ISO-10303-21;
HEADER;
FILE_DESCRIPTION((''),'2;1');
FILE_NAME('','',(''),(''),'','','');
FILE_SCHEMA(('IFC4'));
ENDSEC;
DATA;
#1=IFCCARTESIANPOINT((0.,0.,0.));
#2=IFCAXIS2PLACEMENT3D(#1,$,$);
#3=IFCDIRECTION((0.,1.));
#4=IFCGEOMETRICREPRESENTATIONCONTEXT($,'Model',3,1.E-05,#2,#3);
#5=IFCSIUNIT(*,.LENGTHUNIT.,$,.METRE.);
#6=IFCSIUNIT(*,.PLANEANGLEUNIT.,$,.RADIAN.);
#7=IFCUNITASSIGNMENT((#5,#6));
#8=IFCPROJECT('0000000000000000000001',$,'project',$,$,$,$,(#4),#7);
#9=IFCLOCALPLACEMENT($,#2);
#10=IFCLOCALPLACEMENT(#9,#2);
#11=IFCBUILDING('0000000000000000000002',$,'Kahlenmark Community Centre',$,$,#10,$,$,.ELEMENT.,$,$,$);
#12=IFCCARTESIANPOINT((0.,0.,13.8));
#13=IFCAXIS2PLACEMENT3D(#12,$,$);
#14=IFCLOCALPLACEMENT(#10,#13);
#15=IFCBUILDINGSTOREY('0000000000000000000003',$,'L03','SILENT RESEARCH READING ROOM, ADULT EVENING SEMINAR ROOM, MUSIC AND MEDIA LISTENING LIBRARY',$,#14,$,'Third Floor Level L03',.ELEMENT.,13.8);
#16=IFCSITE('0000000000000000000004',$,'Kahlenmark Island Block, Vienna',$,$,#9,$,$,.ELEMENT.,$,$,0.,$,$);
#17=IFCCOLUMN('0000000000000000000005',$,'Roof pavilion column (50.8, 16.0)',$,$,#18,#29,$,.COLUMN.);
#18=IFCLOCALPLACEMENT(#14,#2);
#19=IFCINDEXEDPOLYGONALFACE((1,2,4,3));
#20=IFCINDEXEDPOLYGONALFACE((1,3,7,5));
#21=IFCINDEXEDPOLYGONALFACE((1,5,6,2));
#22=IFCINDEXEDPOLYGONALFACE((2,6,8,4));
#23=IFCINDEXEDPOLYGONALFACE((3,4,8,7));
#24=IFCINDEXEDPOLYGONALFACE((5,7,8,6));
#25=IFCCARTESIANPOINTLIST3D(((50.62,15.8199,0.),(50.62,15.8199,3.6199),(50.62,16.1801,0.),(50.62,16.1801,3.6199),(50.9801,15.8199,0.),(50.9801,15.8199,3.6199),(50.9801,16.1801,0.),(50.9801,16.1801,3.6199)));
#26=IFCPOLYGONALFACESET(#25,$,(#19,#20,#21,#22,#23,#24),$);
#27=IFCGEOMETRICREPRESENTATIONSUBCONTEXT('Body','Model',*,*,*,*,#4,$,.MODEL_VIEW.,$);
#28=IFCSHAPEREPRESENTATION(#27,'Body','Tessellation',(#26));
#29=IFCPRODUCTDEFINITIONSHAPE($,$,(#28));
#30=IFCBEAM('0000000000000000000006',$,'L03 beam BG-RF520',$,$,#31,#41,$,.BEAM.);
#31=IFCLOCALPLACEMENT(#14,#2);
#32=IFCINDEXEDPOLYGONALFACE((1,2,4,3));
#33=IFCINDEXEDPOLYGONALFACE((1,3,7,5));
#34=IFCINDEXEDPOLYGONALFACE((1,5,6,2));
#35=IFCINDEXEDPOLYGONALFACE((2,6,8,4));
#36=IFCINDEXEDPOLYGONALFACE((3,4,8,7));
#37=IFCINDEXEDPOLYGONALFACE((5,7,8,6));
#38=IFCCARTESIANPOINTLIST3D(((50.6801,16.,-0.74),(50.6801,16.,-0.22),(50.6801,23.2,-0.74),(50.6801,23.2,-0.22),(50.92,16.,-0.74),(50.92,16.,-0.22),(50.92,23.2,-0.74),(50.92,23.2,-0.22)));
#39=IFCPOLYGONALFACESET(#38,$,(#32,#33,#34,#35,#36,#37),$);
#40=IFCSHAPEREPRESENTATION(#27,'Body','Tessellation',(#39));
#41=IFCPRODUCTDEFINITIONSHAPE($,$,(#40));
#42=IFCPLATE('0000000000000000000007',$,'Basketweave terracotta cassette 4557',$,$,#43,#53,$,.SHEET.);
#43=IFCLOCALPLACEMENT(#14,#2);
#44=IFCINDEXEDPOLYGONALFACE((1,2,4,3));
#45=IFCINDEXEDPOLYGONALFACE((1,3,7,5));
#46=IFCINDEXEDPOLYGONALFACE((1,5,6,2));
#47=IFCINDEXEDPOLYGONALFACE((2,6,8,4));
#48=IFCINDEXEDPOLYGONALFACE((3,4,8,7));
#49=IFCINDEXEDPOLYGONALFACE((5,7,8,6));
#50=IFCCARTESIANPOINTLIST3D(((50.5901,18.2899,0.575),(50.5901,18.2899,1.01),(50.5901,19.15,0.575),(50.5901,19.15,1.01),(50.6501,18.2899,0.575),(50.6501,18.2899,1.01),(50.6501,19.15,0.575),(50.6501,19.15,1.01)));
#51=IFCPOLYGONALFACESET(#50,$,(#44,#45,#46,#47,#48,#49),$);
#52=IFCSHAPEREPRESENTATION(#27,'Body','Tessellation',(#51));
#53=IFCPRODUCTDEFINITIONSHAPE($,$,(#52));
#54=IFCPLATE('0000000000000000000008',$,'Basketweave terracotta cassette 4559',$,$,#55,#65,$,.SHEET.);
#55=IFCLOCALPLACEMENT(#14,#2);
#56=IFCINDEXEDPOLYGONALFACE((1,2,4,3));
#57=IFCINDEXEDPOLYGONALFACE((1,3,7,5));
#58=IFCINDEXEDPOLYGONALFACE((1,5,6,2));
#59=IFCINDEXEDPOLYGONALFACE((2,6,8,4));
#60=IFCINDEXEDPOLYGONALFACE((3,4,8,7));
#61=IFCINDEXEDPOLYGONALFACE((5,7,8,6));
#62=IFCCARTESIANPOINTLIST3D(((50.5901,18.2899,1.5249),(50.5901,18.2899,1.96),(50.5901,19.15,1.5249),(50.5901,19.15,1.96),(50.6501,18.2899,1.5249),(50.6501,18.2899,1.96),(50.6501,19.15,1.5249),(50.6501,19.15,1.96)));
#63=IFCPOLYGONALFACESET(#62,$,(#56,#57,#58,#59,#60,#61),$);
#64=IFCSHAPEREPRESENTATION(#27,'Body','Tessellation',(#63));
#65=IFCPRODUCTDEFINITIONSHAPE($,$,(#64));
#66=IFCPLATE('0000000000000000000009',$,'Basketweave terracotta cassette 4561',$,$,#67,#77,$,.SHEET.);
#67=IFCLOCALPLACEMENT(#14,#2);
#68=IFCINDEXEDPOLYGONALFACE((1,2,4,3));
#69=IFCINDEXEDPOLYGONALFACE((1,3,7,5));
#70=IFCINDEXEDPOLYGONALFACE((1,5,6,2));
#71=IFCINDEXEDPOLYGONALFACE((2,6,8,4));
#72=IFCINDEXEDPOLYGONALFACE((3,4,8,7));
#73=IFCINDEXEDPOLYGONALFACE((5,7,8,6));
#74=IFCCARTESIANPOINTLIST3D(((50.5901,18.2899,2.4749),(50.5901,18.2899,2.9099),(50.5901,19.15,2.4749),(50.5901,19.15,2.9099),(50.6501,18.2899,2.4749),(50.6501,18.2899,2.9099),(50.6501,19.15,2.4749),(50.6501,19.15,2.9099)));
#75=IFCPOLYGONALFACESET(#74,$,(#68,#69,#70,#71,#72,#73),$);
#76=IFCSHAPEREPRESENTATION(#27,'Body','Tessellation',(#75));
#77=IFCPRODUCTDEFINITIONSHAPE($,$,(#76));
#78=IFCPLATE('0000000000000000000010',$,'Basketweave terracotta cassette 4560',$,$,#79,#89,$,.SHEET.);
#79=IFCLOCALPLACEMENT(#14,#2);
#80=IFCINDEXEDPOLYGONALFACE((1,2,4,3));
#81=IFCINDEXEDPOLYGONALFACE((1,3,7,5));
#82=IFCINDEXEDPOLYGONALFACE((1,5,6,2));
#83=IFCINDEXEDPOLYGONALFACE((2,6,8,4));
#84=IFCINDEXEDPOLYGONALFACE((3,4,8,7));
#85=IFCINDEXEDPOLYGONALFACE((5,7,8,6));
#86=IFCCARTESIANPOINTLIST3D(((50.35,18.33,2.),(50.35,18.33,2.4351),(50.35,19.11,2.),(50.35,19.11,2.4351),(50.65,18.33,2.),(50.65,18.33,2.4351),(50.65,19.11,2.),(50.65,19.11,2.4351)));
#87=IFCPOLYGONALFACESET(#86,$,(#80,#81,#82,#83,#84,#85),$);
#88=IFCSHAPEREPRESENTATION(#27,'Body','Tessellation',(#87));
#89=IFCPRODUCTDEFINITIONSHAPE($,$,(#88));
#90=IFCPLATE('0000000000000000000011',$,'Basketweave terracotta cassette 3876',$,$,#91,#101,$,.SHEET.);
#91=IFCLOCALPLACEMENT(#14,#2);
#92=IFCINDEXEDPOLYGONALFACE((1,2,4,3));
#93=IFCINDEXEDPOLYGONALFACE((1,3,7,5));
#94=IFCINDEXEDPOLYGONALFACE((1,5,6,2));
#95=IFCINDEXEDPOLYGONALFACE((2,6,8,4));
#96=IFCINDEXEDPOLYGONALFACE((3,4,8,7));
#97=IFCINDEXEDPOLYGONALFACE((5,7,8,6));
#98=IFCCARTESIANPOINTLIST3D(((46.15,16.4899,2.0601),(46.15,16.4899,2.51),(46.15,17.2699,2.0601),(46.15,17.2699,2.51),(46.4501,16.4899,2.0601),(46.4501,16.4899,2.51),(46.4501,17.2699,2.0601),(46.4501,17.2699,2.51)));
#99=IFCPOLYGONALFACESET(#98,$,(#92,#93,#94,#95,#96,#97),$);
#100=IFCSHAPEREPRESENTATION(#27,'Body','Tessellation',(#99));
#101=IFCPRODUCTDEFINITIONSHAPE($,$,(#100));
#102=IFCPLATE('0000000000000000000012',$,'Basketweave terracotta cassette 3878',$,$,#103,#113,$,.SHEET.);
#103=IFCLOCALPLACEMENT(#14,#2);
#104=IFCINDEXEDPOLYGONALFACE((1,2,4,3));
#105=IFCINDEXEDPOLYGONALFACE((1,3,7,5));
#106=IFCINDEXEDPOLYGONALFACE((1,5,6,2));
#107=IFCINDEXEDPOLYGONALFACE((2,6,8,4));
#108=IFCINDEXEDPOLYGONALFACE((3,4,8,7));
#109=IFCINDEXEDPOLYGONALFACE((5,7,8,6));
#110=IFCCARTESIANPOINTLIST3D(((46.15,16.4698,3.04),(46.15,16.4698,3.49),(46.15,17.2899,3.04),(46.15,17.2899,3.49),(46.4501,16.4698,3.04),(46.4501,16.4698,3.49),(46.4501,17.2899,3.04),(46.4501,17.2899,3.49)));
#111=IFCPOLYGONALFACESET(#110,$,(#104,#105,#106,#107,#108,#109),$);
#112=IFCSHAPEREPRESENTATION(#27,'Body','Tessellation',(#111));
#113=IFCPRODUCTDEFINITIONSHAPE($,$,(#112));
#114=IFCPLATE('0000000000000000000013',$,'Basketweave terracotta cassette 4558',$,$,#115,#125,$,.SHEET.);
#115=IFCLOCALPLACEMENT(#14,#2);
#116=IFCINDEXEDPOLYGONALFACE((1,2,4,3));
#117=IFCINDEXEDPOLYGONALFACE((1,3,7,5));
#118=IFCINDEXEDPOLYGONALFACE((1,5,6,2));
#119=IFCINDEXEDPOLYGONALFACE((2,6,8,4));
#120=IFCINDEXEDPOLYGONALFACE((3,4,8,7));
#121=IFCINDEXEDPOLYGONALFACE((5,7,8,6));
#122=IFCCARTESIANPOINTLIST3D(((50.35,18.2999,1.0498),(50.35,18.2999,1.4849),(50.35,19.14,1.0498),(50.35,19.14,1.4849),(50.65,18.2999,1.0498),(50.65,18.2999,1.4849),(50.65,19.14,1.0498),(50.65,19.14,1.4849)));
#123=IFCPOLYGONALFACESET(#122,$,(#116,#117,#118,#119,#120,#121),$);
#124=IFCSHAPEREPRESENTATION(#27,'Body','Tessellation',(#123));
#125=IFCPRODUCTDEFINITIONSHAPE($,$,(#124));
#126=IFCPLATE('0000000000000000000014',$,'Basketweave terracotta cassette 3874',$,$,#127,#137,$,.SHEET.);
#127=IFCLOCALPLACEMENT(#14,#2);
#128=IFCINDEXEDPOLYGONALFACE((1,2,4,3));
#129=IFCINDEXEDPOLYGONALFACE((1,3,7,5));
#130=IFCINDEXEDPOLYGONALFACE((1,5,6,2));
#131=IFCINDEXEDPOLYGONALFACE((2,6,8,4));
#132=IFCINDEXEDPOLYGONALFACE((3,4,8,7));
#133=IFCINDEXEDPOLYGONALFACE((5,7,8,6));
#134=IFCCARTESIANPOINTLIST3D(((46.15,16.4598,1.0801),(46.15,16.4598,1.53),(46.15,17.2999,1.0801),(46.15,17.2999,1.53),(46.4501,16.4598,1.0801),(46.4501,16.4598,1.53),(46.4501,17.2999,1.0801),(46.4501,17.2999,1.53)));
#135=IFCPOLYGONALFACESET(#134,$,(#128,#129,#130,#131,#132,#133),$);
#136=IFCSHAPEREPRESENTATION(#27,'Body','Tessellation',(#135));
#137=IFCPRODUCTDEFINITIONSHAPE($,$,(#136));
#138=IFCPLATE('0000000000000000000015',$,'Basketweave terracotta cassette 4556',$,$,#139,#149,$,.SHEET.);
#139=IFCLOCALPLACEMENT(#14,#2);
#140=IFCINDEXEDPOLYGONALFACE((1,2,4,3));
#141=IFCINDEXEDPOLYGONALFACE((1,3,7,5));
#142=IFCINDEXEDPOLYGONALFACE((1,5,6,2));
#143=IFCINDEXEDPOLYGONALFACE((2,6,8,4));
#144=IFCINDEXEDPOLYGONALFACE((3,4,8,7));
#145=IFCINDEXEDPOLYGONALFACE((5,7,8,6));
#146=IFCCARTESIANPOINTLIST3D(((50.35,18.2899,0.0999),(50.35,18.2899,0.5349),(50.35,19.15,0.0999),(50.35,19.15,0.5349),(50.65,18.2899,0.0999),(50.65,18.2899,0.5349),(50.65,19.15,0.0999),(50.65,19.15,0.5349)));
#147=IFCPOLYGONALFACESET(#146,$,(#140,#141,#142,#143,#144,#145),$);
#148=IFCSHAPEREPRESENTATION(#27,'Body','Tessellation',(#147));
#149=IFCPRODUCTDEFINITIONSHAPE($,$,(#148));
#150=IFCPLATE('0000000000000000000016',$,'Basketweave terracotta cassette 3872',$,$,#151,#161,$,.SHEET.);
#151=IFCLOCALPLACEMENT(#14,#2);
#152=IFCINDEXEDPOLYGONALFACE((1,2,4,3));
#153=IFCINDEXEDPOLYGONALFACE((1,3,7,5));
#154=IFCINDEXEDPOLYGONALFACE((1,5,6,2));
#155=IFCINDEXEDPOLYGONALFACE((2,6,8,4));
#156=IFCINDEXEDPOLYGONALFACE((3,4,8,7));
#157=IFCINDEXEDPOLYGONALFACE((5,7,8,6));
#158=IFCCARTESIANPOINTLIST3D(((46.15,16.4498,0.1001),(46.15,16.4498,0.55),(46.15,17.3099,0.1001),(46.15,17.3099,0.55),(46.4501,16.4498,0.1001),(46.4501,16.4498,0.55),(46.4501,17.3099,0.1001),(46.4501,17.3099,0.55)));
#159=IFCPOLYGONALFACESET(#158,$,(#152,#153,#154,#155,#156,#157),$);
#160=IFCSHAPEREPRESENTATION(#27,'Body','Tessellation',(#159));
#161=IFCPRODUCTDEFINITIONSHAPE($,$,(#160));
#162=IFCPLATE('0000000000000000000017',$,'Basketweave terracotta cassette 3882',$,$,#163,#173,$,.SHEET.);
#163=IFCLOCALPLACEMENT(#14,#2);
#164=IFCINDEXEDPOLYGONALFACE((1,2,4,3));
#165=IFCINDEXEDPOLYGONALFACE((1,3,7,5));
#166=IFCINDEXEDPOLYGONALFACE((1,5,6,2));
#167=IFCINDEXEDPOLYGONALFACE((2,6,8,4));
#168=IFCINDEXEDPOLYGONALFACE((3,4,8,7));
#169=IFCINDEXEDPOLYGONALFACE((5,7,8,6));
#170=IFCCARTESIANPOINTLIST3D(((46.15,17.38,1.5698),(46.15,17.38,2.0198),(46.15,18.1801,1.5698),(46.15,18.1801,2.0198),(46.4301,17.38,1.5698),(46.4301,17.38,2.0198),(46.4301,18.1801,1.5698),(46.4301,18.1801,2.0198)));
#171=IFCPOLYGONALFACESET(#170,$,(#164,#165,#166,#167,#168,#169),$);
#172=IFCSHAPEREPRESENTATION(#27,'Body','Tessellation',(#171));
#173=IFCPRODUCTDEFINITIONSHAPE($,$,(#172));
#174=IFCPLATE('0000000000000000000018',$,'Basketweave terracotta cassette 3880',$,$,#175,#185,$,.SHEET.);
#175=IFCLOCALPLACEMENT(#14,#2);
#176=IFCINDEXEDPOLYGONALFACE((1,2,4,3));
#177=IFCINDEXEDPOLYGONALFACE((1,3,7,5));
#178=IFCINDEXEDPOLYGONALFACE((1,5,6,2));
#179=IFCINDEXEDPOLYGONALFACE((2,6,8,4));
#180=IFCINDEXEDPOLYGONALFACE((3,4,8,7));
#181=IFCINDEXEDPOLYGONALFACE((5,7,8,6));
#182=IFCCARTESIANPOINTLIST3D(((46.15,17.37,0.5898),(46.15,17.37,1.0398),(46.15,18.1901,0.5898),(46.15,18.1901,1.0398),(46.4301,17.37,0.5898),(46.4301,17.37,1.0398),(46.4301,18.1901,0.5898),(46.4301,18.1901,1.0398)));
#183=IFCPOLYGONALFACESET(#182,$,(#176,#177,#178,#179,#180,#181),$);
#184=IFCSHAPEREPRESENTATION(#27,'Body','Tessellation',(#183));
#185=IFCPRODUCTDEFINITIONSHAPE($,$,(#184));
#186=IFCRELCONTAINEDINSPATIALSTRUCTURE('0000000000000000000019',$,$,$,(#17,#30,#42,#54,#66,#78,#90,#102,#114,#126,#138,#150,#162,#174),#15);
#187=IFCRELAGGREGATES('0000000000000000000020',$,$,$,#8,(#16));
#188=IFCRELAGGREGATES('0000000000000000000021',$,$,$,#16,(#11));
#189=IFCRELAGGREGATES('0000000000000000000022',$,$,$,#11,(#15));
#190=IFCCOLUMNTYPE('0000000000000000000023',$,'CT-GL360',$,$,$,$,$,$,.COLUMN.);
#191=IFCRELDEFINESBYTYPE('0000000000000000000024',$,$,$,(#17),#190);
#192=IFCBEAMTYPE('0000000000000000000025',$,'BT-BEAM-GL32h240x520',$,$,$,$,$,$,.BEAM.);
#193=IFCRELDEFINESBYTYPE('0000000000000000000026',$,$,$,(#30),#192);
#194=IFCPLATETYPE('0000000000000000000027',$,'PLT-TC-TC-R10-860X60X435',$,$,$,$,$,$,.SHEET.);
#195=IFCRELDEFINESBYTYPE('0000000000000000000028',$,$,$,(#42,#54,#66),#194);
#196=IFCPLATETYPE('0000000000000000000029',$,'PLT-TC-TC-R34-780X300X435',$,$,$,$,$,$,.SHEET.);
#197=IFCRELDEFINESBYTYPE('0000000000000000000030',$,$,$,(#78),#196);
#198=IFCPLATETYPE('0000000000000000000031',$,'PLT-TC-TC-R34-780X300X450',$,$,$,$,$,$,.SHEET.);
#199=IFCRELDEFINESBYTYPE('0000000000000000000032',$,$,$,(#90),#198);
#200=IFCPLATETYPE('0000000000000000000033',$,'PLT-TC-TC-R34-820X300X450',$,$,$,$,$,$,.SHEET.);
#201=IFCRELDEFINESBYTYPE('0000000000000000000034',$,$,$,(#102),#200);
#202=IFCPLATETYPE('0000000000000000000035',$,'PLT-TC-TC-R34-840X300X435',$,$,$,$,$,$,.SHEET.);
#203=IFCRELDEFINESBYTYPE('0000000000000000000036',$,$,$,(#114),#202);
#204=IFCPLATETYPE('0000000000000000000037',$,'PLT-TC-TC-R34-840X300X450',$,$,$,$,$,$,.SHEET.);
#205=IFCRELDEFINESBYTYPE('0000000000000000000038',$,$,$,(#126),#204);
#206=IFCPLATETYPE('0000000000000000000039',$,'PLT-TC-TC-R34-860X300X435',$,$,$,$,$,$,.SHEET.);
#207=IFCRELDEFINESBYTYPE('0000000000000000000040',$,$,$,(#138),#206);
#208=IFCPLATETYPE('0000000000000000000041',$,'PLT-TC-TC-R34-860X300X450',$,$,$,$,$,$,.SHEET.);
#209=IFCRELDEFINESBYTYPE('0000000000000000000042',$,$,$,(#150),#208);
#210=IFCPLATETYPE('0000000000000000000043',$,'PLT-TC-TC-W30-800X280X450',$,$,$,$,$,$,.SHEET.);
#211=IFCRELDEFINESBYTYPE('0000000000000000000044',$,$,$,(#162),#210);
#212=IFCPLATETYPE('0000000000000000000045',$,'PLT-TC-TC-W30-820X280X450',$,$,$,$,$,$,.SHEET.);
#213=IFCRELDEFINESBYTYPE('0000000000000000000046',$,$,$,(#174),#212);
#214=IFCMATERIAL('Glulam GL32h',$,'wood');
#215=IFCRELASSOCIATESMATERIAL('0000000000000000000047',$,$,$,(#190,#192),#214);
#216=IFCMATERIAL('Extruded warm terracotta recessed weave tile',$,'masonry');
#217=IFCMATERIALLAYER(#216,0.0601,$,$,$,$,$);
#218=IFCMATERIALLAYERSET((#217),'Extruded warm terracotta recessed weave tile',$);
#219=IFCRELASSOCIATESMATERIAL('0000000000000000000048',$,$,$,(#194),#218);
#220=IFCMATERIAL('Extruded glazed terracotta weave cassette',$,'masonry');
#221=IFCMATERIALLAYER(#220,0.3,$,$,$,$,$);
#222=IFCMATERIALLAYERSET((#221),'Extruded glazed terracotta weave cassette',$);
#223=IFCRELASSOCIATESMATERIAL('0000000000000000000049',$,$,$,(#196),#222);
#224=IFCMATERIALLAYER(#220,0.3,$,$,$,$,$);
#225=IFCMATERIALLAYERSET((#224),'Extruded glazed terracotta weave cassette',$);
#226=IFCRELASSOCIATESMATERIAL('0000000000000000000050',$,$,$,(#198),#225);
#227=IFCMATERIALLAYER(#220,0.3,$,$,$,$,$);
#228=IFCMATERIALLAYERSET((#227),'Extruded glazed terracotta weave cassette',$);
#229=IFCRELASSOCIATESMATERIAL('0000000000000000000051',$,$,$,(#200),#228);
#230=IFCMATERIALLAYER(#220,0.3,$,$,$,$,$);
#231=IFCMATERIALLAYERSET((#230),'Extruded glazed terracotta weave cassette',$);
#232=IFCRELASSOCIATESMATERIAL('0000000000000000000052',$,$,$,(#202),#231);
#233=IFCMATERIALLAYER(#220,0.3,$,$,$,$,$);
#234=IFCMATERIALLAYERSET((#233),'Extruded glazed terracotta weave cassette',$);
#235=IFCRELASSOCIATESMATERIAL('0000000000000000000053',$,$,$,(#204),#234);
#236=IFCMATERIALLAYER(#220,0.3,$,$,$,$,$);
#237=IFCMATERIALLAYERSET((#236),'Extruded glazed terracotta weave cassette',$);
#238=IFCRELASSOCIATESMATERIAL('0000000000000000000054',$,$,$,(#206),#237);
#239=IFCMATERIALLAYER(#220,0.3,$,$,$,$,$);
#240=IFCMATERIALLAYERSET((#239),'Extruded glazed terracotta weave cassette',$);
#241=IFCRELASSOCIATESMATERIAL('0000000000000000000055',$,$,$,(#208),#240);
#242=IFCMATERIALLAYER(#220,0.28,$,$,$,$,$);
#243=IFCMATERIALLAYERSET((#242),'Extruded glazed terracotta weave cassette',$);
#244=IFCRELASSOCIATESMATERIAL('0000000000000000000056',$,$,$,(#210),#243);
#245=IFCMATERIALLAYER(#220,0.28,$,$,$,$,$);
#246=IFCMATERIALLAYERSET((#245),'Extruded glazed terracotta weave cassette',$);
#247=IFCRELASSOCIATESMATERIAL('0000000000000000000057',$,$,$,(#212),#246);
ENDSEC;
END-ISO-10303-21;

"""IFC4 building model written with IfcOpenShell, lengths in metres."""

from ifc_helpers import new_model, si_unit, direction, frame, origin, origin_2d, place, context, subcontext, project, spatial, rectangle, extrude, material, layer, layer_set, material_profile, profile_set, type_object, element, save


model = new_model("IFC4")

# Units and contexts
model_context = context("Model", 3, precision=1e-05, world=origin(), true_north=direction((0.0, 1.0)))
body_context = subcontext(model_context, "Body", "Model", "MODEL_VIEW")
ifc_project = project(units=[si_unit("LENGTHUNIT", "METRE"), si_unit("PLANEANGLEUNIT", "RADIAN")], contexts=[model_context])

# Site, building, storey
site_placement = place(None, origin())
site = spatial("IfcSite", under=ifc_project, at=site_placement, Name="Kahlenmark Island Block, Vienna", CompositionType="ELEMENT", RefElevation=0.0)
building_placement = place(site_placement, origin())
building = spatial("IfcBuilding", under=site, at=building_placement, Name="Kahlenmark Community Centre", CompositionType="ELEMENT")
storey_placement = place(building_placement, frame((0.0, 0.0, 13.8)))
storey = spatial("IfcBuildingStorey", under=building, at=storey_placement, Name="L03", Description="SILENT RESEARCH READING ROOM, ADULT EVENING SEMINAR ROOM, MUSIC AND MEDIA LISTENING LIBRARY", LongName="Third Floor Level L03", CompositionType="ELEMENT", Elevation=13.8)

# Column
ifc_material_1 = material(Name="Glulam GL32h", Category="wood")
ifc_material_profile_1 = material_profile(ifc_material_1, rectangle(XDim=0.3601, YDim=0.3601, at=origin_2d()), Name="GL32h 360x360")
ifc_profile_set_1 = profile_set([ifc_material_profile_1], Name="Glulam GL32h")
column_type = type_object("IfcColumnType", Name="CT-GL360", PredefinedType="COLUMN", material=ifc_profile_set_1)
column_placement = place(storey_placement, frame((50.8, 16.0, 0.0), z_axis=(0.0, 0.0, 1.0), x_axis=(1.0, 0.0, 0.0)))
element("IfcColumn", 1, at=column_placement, inside=storey, type_object=column_type, Name="Roof pavilion column (50.8, 16.0)", PredefinedType="COLUMN", context=body_context, shape_type="SweptSolid", body=[
    extrude(rectangle(XDim=0.3601, YDim=0.3601, at=origin_2d()), origin(), (0.0, 0.0, 1.0), 3.6199),
])

# Beam
ifc_material_profile_2 = material_profile(ifc_material_1, rectangle(XDim=0.24, YDim=0.52, at=origin_2d()), Name="GL32h 240x520")
ifc_profile_set_2 = profile_set([ifc_material_profile_2], Name="Glulam GL32h")
beam_type = type_object("IfcBeamType", Name="BT-BEAM-GL32h240x520", PredefinedType="BEAM", material=ifc_profile_set_2)
beam_placement = place(storey_placement, frame((50.8, 16.0, -0.48), z_axis=(0.0, 1.0, 0.0), x_axis=(-1.0, 0.0, 0.0)))
element("IfcBeam", 2, at=beam_placement, inside=storey, type_object=beam_type, Name="L03 beam BG-RF520", PredefinedType="BEAM", context=body_context, shape_type="SweptSolid", body=[
    extrude(rectangle(XDim=0.24, YDim=0.52, at=origin_2d()), origin(), (0.0, 0.0, 1.0), 7.2),
])

# Plates
ifc_material_2 = material(Name="Extruded warm terracotta recessed weave tile", Category="masonry")
ifc_layer_1 = layer(ifc_material_2, 0.0601)
ifc_layer_set_1 = layer_set([ifc_layer_1], Name="Extruded warm terracotta recessed weave tile")
plate_type_1 = type_object("IfcPlateType", Name="PLT-TC-TC-R10-860X60X435", PredefinedType="SHEET", material=ifc_layer_set_1)
for number, where, z_axis, x_axis, name in (
    (3, (50.6201, 18.72, 0.575), (0.0, 0.0, 1.0), (0.0, -1.0, 0.0), "Basketweave terracotta cassette 4557"),
    (4, (50.6201, 18.72, 1.5249), (0.0, 0.0, 1.0), (0.0, -1.0, 0.0), "Basketweave terracotta cassette 4559"),
    (5, (50.6201, 18.72, 2.4749), (0.0, 0.0, 1.0), (0.0, -1.0, 0.0), "Basketweave terracotta cassette 4561"),
):
    element("IfcPlate", number, at=place(storey_placement, frame(where, z_axis=z_axis, x_axis=x_axis)), inside=storey, type_object=plate_type_1, Name=name, PredefinedType="SHEET", context=body_context, shape_type="SweptSolid", body=[
        extrude(rectangle(XDim=0.8601, YDim=0.0601, at=origin_2d()), origin(), (0.0, 0.0, 1.0), 0.4351),
    ])
ifc_material_3 = material(Name="Extruded glazed terracotta weave cassette", Category="masonry")
ifc_layer_2 = layer(ifc_material_3, 0.3)
ifc_layer_set_2 = layer_set([ifc_layer_2], Name="Extruded glazed terracotta weave cassette")
plate_type_2 = type_object("IfcPlateType", Name="PLT-TC-TC-R34-780X300X435", PredefinedType="SHEET", material=ifc_layer_set_2)
plate_1_placement = place(storey_placement, frame((50.5, 18.72, 2.0), z_axis=(0.0, 0.0, 1.0), x_axis=(0.0, -1.0, 0.0)))
element("IfcPlate", 6, at=plate_1_placement, inside=storey, type_object=plate_type_2, Name="Basketweave terracotta cassette 4560", PredefinedType="SHEET", context=body_context, shape_type="SweptSolid", body=[
    extrude(rectangle(XDim=0.78, YDim=0.3, at=origin_2d()), origin(), (0.0, 0.0, 1.0), 0.4351),
])
ifc_layer_3 = layer(ifc_material_3, 0.3)
ifc_layer_set_3 = layer_set([ifc_layer_3], Name="Extruded glazed terracotta weave cassette")
plate_type_3 = type_object("IfcPlateType", Name="PLT-TC-TC-R34-780X300X450", PredefinedType="SHEET", material=ifc_layer_set_3)
plate_2_placement = place(storey_placement, frame((46.3, 16.8799, 2.0601), z_axis=(0.0, 0.0, 1.0), x_axis=(0.0, 1.0, 0.0)))
element("IfcPlate", 7, at=plate_2_placement, inside=storey, type_object=plate_type_3, Name="Basketweave terracotta cassette 3876", PredefinedType="SHEET", context=body_context, shape_type="SweptSolid", body=[
    extrude(rectangle(XDim=0.78, YDim=0.3, at=origin_2d()), origin(), (0.0, 0.0, 1.0), 0.45),
])
ifc_layer_4 = layer(ifc_material_3, 0.3)
ifc_layer_set_4 = layer_set([ifc_layer_4], Name="Extruded glazed terracotta weave cassette")
plate_type_4 = type_object("IfcPlateType", Name="PLT-TC-TC-R34-820X300X450", PredefinedType="SHEET", material=ifc_layer_set_4)
plate_3_placement = place(storey_placement, frame((46.3, 16.8799, 3.04), z_axis=(0.0, 0.0, 1.0), x_axis=(0.0, 1.0, 0.0)))
element("IfcPlate", 8, at=plate_3_placement, inside=storey, type_object=plate_type_4, Name="Basketweave terracotta cassette 3878", PredefinedType="SHEET", context=body_context, shape_type="SweptSolid", body=[
    extrude(rectangle(XDim=0.8201, YDim=0.3, at=origin_2d()), origin(), (0.0, 0.0, 1.0), 0.45),
])
ifc_layer_5 = layer(ifc_material_3, 0.3)
ifc_layer_set_5 = layer_set([ifc_layer_5], Name="Extruded glazed terracotta weave cassette")
plate_type_5 = type_object("IfcPlateType", Name="PLT-TC-TC-R34-840X300X435", PredefinedType="SHEET", material=ifc_layer_set_5)
plate_4_placement = place(storey_placement, frame((50.5, 18.72, 1.0498), z_axis=(0.0, 0.0, 1.0), x_axis=(0.0, -1.0, 0.0)))
element("IfcPlate", 9, at=plate_4_placement, inside=storey, type_object=plate_type_5, Name="Basketweave terracotta cassette 4558", PredefinedType="SHEET", context=body_context, shape_type="SweptSolid", body=[
    extrude(rectangle(XDim=0.8401, YDim=0.3, at=origin_2d()), origin(), (0.0, 0.0, 1.0), 0.4351),
])
ifc_layer_6 = layer(ifc_material_3, 0.3)
ifc_layer_set_6 = layer_set([ifc_layer_6], Name="Extruded glazed terracotta weave cassette")
plate_type_6 = type_object("IfcPlateType", Name="PLT-TC-TC-R34-840X300X450", PredefinedType="SHEET", material=ifc_layer_set_6)
plate_5_placement = place(storey_placement, frame((46.3, 16.8799, 1.0801), z_axis=(0.0, 0.0, 1.0), x_axis=(0.0, 1.0, 0.0)))
element("IfcPlate", 10, at=plate_5_placement, inside=storey, type_object=plate_type_6, Name="Basketweave terracotta cassette 3874", PredefinedType="SHEET", context=body_context, shape_type="SweptSolid", body=[
    extrude(rectangle(XDim=0.8401, YDim=0.3, at=origin_2d()), origin(), (0.0, 0.0, 1.0), 0.45),
])
ifc_layer_7 = layer(ifc_material_3, 0.3)
ifc_layer_set_7 = layer_set([ifc_layer_7], Name="Extruded glazed terracotta weave cassette")
plate_type_7 = type_object("IfcPlateType", Name="PLT-TC-TC-R34-860X300X435", PredefinedType="SHEET", material=ifc_layer_set_7)
plate_6_placement = place(storey_placement, frame((50.5, 18.72, 0.0999), z_axis=(0.0, 0.0, 1.0), x_axis=(0.0, -1.0, 0.0)))
element("IfcPlate", 11, at=plate_6_placement, inside=storey, type_object=plate_type_7, Name="Basketweave terracotta cassette 4556", PredefinedType="SHEET", context=body_context, shape_type="SweptSolid", body=[
    extrude(rectangle(XDim=0.8601, YDim=0.3, at=origin_2d()), origin(), (0.0, 0.0, 1.0), 0.4351),
])
ifc_layer_8 = layer(ifc_material_3, 0.3)
ifc_layer_set_8 = layer_set([ifc_layer_8], Name="Extruded glazed terracotta weave cassette")
plate_type_8 = type_object("IfcPlateType", Name="PLT-TC-TC-R34-860X300X450", PredefinedType="SHEET", material=ifc_layer_set_8)
plate_7_placement = place(storey_placement, frame((46.3, 16.8799, 0.1001), z_axis=(0.0, 0.0, 1.0), x_axis=(0.0, 1.0, 0.0)))
element("IfcPlate", 12, at=plate_7_placement, inside=storey, type_object=plate_type_8, Name="Basketweave terracotta cassette 3872", PredefinedType="SHEET", context=body_context, shape_type="SweptSolid", body=[
    extrude(rectangle(XDim=0.8601, YDim=0.3, at=origin_2d()), origin(), (0.0, 0.0, 1.0), 0.45),
])
ifc_layer_9 = layer(ifc_material_3, 0.28)
ifc_layer_set_9 = layer_set([ifc_layer_9], Name="Extruded glazed terracotta weave cassette")
plate_type_9 = type_object("IfcPlateType", Name="PLT-TC-TC-W30-800X280X450", PredefinedType="SHEET", material=ifc_layer_set_9)
plate_8_placement = place(storey_placement, frame((46.29, 17.78, 1.5698), z_axis=(0.0, 0.0, 1.0), x_axis=(0.0, 1.0, 0.0)))
element("IfcPlate", 13, at=plate_8_placement, inside=storey, type_object=plate_type_9, Name="Basketweave terracotta cassette 3882", PredefinedType="SHEET", context=body_context, shape_type="SweptSolid", body=[
    extrude(rectangle(XDim=0.8, YDim=0.28, at=origin_2d()), origin(), (0.0, 0.0, 1.0), 0.45),
])
ifc_layer_10 = layer(ifc_material_3, 0.28)
ifc_layer_set_10 = layer_set([ifc_layer_10], Name="Extruded glazed terracotta weave cassette")
plate_type_10 = type_object("IfcPlateType", Name="PLT-TC-TC-W30-820X280X450", PredefinedType="SHEET", material=ifc_layer_set_10)
plate_9_placement = place(storey_placement, frame((46.29, 17.78, 0.5898), z_axis=(0.0, 0.0, 1.0), x_axis=(0.0, 1.0, 0.0)))
element("IfcPlate", 14, at=plate_9_placement, inside=storey, type_object=plate_type_10, Name="Basketweave terracotta cassette 3880", PredefinedType="SHEET", context=body_context, shape_type="SweptSolid", body=[
    extrude(rectangle(XDim=0.8201, YDim=0.28, at=origin_2d()), origin(), (0.0, 0.0, 1.0), 0.45),
])

save(model, "model.ifc")
